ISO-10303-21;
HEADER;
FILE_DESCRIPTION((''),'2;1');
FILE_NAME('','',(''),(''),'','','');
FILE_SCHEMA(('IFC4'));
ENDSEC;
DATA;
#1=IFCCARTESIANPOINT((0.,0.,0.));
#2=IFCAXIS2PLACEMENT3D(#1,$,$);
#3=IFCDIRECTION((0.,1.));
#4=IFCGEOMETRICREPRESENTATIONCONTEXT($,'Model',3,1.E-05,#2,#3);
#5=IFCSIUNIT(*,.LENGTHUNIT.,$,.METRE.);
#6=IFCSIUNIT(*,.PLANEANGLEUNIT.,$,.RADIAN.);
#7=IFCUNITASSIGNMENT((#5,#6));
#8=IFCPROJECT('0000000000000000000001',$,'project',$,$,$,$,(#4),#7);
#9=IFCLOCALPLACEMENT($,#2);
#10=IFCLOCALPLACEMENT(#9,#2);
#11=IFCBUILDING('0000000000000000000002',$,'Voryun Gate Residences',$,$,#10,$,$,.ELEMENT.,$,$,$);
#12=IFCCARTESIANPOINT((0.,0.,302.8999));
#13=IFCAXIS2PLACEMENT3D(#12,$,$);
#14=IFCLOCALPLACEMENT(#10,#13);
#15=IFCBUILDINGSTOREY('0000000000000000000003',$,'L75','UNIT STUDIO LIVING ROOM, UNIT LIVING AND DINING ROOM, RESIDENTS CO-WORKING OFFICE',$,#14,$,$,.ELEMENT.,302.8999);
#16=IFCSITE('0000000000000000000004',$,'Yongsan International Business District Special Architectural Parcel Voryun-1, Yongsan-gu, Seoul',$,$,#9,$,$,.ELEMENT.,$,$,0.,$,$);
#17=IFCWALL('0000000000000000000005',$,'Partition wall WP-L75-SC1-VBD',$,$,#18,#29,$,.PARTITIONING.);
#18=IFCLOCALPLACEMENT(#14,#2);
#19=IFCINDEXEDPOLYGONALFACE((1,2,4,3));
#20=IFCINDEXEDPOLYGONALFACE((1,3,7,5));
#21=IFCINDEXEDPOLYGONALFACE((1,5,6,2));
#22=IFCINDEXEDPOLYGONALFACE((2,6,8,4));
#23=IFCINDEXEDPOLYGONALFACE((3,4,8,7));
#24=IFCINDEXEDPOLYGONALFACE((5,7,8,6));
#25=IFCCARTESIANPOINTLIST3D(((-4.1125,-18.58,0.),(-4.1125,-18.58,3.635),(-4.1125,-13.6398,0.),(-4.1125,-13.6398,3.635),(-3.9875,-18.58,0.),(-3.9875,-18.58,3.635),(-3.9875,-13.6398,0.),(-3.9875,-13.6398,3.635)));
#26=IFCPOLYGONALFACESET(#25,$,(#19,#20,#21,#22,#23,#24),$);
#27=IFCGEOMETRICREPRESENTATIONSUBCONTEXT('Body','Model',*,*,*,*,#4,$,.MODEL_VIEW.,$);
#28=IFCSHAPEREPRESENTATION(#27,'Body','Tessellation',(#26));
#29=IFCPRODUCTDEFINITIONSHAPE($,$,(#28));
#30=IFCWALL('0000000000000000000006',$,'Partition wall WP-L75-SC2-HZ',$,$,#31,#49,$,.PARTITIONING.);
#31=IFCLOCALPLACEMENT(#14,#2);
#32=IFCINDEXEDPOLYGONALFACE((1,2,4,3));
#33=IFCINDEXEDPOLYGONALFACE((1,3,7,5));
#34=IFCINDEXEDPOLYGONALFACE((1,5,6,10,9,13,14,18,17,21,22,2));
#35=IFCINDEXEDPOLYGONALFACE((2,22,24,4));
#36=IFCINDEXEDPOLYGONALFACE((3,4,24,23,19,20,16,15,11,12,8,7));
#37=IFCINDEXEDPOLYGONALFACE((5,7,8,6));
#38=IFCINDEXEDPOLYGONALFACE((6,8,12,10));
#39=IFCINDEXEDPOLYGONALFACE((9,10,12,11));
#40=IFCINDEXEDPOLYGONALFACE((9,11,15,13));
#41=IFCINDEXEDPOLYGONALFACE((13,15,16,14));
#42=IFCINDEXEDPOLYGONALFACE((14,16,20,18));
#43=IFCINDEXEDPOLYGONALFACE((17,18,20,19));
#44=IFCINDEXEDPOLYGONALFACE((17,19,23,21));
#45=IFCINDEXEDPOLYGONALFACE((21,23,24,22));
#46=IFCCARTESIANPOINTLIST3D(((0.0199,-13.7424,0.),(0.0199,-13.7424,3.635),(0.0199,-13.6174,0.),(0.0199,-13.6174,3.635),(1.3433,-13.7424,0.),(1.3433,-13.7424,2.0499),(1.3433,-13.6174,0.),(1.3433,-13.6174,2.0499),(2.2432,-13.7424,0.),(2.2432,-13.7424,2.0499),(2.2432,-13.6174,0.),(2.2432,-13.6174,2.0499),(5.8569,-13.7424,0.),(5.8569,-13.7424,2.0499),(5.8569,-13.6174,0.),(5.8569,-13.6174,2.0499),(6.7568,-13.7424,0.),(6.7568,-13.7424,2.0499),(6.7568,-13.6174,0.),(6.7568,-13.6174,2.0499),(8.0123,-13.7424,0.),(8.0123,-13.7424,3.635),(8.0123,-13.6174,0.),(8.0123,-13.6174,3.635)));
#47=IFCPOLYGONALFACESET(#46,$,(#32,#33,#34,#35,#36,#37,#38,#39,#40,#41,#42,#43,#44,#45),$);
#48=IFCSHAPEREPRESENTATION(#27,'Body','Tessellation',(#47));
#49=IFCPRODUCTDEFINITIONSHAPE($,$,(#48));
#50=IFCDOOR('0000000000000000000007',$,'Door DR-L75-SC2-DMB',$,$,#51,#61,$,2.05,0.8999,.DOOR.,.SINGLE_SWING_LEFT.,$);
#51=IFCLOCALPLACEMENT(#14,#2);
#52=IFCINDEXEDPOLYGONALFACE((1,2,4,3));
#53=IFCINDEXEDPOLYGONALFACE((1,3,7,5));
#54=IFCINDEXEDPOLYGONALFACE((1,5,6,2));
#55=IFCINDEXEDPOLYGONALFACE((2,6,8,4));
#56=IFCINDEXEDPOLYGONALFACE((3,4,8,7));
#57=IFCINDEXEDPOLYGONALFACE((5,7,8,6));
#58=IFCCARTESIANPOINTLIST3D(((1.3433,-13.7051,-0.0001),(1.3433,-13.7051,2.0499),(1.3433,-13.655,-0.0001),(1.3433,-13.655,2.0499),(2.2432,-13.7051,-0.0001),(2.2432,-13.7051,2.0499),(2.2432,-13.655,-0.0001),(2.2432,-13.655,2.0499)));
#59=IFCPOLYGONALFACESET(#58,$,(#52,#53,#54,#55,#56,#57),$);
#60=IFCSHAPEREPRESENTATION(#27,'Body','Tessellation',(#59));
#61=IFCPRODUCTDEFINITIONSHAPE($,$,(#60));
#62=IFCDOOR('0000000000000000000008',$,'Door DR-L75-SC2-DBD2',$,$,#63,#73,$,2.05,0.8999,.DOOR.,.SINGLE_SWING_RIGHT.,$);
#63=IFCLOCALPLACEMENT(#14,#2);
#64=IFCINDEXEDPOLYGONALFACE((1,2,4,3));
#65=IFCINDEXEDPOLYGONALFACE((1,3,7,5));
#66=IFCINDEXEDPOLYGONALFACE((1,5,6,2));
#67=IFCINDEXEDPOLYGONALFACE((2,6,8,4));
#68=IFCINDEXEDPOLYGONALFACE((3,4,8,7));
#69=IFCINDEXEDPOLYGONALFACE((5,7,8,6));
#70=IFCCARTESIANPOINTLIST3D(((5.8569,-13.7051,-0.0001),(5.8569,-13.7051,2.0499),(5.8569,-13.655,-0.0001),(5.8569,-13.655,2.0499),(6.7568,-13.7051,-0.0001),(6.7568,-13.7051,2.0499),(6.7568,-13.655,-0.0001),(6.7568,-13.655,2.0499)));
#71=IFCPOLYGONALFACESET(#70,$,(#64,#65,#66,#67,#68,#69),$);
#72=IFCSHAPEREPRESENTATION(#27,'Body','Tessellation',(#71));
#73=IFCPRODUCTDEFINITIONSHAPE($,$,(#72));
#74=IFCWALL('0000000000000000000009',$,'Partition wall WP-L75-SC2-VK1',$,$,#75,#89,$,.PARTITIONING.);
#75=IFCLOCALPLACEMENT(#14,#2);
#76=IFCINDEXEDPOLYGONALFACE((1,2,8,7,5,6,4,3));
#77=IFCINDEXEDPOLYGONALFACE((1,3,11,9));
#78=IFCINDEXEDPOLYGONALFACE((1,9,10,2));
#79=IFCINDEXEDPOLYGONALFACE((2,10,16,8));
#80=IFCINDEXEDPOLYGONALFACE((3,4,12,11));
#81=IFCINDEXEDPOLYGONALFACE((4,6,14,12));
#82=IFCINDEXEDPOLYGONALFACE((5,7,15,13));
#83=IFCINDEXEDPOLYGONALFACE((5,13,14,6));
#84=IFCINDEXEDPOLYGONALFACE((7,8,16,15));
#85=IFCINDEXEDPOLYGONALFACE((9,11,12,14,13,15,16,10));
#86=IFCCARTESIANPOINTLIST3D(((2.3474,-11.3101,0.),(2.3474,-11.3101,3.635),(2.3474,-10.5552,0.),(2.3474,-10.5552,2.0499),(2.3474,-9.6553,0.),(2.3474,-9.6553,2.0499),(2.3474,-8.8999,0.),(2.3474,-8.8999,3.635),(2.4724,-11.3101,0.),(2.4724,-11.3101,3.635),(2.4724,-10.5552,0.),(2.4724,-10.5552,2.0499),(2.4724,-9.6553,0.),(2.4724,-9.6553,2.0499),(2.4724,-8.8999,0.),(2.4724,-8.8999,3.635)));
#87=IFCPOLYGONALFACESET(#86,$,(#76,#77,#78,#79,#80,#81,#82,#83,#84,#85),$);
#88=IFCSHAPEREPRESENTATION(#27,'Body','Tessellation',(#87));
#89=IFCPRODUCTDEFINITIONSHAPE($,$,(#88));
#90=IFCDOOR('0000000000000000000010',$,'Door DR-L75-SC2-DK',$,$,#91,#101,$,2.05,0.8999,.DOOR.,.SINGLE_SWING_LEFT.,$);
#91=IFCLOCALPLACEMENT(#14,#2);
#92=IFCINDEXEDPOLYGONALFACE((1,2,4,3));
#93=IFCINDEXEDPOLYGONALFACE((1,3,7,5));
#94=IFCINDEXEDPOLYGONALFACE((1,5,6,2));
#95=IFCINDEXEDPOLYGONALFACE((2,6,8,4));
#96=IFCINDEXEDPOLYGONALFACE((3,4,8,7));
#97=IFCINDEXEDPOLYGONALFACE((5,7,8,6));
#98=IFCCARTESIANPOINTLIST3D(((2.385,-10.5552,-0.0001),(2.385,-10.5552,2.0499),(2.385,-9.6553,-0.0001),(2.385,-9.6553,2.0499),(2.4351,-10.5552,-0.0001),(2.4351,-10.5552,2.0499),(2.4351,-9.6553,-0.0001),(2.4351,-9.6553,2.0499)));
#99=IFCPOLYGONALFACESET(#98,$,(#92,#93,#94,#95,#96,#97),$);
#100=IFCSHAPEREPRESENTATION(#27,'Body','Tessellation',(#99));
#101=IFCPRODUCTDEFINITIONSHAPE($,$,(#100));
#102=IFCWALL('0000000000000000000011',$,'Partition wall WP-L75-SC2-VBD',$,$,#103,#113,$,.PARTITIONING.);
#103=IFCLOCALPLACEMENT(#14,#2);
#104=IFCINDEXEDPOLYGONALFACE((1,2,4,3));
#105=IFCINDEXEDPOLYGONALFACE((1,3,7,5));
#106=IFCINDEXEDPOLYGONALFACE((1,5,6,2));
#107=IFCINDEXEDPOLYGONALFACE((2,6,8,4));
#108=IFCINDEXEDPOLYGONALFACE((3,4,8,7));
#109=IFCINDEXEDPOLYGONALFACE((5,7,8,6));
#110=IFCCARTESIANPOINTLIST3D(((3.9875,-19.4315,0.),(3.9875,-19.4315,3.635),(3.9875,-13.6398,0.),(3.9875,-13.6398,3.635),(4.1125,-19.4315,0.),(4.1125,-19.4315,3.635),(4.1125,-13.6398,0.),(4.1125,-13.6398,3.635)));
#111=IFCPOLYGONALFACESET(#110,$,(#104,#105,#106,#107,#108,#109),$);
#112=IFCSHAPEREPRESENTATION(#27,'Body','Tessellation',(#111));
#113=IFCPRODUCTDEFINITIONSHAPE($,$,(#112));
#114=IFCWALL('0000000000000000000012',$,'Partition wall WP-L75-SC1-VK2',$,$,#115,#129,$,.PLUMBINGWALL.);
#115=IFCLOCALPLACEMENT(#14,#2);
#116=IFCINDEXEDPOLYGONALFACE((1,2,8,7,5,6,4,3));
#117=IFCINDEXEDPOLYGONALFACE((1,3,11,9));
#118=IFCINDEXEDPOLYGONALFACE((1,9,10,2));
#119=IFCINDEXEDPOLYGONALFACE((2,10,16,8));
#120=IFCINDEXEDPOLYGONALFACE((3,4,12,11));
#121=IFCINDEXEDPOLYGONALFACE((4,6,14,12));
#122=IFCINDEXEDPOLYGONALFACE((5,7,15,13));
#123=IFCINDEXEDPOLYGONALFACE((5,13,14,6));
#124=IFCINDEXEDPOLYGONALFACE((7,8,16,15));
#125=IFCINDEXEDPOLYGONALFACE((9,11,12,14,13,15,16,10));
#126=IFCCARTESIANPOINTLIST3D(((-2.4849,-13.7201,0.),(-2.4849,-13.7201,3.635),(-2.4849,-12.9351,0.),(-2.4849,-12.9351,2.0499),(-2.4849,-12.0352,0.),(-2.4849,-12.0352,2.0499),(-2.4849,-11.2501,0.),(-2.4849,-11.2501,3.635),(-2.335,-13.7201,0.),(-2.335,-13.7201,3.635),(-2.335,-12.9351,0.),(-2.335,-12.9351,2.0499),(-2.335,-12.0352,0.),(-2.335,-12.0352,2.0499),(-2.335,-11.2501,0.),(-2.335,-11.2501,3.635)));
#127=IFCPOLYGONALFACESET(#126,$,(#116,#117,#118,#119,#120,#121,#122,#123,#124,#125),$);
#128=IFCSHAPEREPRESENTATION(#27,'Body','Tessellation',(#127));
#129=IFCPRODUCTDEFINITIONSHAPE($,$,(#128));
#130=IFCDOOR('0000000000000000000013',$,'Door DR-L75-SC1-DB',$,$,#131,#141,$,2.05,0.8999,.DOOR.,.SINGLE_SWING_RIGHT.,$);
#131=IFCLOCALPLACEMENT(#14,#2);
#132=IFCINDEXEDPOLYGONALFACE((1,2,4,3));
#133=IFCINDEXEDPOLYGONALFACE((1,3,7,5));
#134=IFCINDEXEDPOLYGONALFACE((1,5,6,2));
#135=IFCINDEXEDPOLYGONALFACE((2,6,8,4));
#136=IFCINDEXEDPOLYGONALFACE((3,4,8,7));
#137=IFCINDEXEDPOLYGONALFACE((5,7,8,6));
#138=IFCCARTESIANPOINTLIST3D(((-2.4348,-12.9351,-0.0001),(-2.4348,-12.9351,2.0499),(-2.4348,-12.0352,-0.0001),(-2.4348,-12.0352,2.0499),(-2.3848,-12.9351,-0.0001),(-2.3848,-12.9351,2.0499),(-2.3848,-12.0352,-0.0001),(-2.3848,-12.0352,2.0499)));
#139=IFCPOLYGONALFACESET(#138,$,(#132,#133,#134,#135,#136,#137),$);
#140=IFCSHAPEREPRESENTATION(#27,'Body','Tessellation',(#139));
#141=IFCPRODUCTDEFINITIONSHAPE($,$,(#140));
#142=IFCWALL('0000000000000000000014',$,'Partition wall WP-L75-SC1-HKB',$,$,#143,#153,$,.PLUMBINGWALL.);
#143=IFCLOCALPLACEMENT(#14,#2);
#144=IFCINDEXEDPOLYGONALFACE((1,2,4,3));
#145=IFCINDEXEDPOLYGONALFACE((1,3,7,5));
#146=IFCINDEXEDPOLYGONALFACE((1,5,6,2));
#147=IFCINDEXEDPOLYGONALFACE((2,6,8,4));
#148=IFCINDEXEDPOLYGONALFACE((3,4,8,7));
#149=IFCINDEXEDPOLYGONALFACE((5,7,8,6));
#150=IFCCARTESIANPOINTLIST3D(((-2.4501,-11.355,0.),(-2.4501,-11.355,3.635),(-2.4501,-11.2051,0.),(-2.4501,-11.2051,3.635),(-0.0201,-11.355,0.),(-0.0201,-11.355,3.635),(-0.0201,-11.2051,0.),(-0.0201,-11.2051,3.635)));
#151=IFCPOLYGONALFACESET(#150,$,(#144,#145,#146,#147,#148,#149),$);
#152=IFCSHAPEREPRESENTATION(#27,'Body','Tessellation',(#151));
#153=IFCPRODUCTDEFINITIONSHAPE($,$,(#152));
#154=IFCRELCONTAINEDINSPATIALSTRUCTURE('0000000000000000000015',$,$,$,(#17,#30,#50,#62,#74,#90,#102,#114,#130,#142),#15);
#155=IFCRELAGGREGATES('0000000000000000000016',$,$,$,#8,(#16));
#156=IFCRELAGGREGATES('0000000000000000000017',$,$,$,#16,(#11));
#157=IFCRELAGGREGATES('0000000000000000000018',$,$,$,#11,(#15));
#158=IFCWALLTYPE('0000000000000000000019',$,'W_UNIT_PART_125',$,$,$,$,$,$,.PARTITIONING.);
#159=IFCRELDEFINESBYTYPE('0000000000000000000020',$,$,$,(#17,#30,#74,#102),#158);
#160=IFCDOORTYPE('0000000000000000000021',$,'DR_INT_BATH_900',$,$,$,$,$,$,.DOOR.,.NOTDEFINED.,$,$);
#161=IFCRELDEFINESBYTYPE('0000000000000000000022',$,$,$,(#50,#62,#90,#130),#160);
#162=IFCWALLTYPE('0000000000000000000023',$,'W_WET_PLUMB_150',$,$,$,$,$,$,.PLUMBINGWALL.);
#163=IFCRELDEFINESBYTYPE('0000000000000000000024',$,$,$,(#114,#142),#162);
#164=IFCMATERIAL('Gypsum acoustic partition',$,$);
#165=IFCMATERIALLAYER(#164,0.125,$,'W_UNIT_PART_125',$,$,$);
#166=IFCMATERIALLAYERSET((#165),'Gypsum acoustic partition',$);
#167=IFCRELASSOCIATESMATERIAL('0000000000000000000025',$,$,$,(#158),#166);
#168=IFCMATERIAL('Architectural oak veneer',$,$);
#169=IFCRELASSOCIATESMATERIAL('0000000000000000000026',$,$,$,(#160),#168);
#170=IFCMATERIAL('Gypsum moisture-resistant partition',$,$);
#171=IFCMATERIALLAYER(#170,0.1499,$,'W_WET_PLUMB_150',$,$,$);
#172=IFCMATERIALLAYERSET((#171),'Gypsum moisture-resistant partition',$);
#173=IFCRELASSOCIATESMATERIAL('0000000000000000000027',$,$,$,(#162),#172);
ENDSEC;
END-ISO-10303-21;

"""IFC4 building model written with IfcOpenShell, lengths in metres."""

from ifc_helpers import new_model, si_unit, direction, frame, frame_2d, origin, place, context, subcontext, project, spatial, rectangle, extrude, material, layer, layer_set, type_object, element, fill, save


model = new_model("IFC4")

# Units and contexts
model_context = context("Model", 3, precision=1e-05, world=origin(), true_north=direction((0.0, 1.0)))
body_context = subcontext(model_context, "Body", "Model", "MODEL_VIEW")
ifc_project = project(units=[si_unit("LENGTHUNIT", "METRE"), si_unit("PLANEANGLEUNIT", "RADIAN")], contexts=[model_context])

# Site, building, storey
site_placement = place(None, origin())
site = spatial("IfcSite", under=ifc_project, at=site_placement, Name="Yongsan International Business District Special Architectural Parcel Voryun-1, Yongsan-gu, Seoul", CompositionType="ELEMENT", RefElevation=0.0)
building_placement = place(site_placement, origin())
building = spatial("IfcBuilding", under=site, at=building_placement, Name="Voryun Gate Residences", CompositionType="ELEMENT")
storey_placement = place(building_placement, frame((0.0, 0.0, 302.8999)))
storey = spatial("IfcBuildingStorey", under=building, at=storey_placement, Name="L75", Description="UNIT STUDIO LIVING ROOM, UNIT LIVING AND DINING ROOM, RESIDENTS CO-WORKING OFFICE", CompositionType="ELEMENT", Elevation=302.8999)

# Shared definitions
ifc_material_1 = material(Name="Gypsum acoustic partition")
ifc_layer_1 = layer(ifc_material_1, 0.125, Name="W_UNIT_PART_125")
ifc_layer_set_1 = layer_set([ifc_layer_1], Name="Gypsum acoustic partition")
wall_type_1 = type_object("IfcWallType", Name="W_UNIT_PART_125", PredefinedType="PARTITIONING", material=ifc_layer_set_1)
ifc_material_2 = material(Name="Architectural oak veneer")
door_type_1 = type_object("IfcDoorType", Name="DR_INT_BATH_900", OperationType="NOTDEFINED", PredefinedType="DOOR", material=ifc_material_2)

# Wall
wall_1_placement = place(storey_placement, frame((-4.05, -18.5801, 0.0), z_axis=(0.0, 0.0, 1.0), x_axis=(0.0, 1.0, 0.0)))
element("IfcWall", 1, at=wall_1_placement, inside=storey, type_object=wall_type_1, Name="Partition wall WP-L75-SC1-VBD", PredefinedType="PARTITIONING", context=body_context, shape_type="SweptSolid", body=[
    extrude(rectangle(XDim=4.9402, YDim=0.125, at=frame_2d((2.4702, 0.0))), origin(), (0.0, 0.0, 1.0), 3.635),
])

# Wall, openings, doors
wall_2_placement = place(storey_placement, frame((0.02, -13.6799, 0.0), z_axis=(0.0, 0.0, 1.0), x_axis=(1.0, 0.0, 0.0)))
wall_2 = element("IfcWall", 2, at=wall_2_placement, inside=storey, type_object=wall_type_1, Name="Partition wall WP-L75-SC2-HZ", PredefinedType="PARTITIONING", context=body_context, shape_type="SweptSolid", body=[
    extrude(rectangle(XDim=7.9924, YDim=0.125, at=frame_2d((3.9961, 0.0))), origin(), (0.0, 0.0, 1.0), 3.635),
])
opening_1_placement = place(wall_2_placement, frame((1.3232, 0.0, 0.0)))
opening_1 = element("IfcOpeningElement", 3, at=opening_1_placement, cuts=wall_2, PredefinedType="OPENING", context=body_context, shape_type="SweptSolid", body=[
    extrude(rectangle(XDim=0.8999, YDim=2.05, at=frame_2d((0.45, 1.0249))), frame((0.0, 0.0725, 0.0), z_axis=(0.0, -1.0, 0.0), x_axis=(1.0, 0.0, 0.0)), (0.0, 0.0, 1.0), 0.145),
])
opening_2_placement = place(wall_2_placement, frame((5.8369, 0.0, 0.0)))
opening_2 = element("IfcOpeningElement", 4, at=opening_2_placement, cuts=wall_2, PredefinedType="OPENING", context=body_context, shape_type="SweptSolid", body=[
    extrude(rectangle(XDim=0.8999, YDim=2.05, at=frame_2d((0.45, 1.0249))), frame((0.0, 0.0725, 0.0), z_axis=(0.0, -1.0, 0.0), x_axis=(1.0, 0.0, 0.0)), (0.0, 0.0, 1.0), 0.145),
])
door_1_placement = place(opening_1_placement, origin())
door_1 = element("IfcDoor", 5, at=door_1_placement, inside=storey, type_object=door_type_1, Name="Door DR-L75-SC2-DMB", OperationType="SINGLE_SWING_LEFT", OverallHeight=2.05, OverallWidth=0.8999, PredefinedType="DOOR", context=body_context, shape_type="SweptSolid", body=[
    extrude(rectangle(XDim=0.8999, YDim=2.05, at=frame_2d((0.45, 1.0249))), frame((0.0, 0.0249, 0.0), z_axis=(0.0, -1.0, 0.0), x_axis=(1.0, 0.0, 0.0)), (0.0, 0.0, 1.0), 0.05),
])
fill(opening_1, door_1)
door_2_placement = place(opening_2_placement, origin())
door_2 = element("IfcDoor", 6, at=door_2_placement, inside=storey, type_object=door_type_1, Name="Door DR-L75-SC2-DBD2", OperationType="SINGLE_SWING_RIGHT", OverallHeight=2.05, OverallWidth=0.8999, PredefinedType="DOOR", context=body_context, shape_type="SweptSolid", body=[
    extrude(rectangle(XDim=0.8999, YDim=2.05, at=frame_2d((0.45, 1.0249))), frame((0.0, 0.0249, 0.0), z_axis=(0.0, -1.0, 0.0), x_axis=(1.0, 0.0, 0.0)), (0.0, 0.0, 1.0), 0.05),
])
fill(opening_2, door_2)

# Wall, opening, door
wall_3_placement = place(storey_placement, frame((2.4099, -11.3101, 0.0), z_axis=(0.0, 0.0, 1.0), x_axis=(0.0, 1.0, 0.0)))
wall_3 = element("IfcWall", 7, at=wall_3_placement, inside=storey, type_object=wall_type_1, Name="Partition wall WP-L75-SC2-VK1", PredefinedType="PARTITIONING", context=body_context, shape_type="SweptSolid", body=[
    extrude(rectangle(XDim=2.4102, YDim=0.125, at=frame_2d((1.2051, 0.0))), origin(), (0.0, 0.0, 1.0), 3.635),
])
opening_3_placement = place(wall_3_placement, frame((0.7549, 0.0, 0.0)))
opening_3 = element("IfcOpeningElement", 8, at=opening_3_placement, cuts=wall_3, PredefinedType="OPENING", context=body_context, shape_type="SweptSolid", body=[
    extrude(rectangle(XDim=0.8999, YDim=2.05, at=frame_2d((0.45, 1.0249))), frame((0.0, 0.0725, 0.0), z_axis=(0.0, -1.0, 0.0), x_axis=(1.0, 0.0, 0.0)), (0.0, 0.0, 1.0), 0.145),
])
door_3_placement = place(opening_3_placement, origin())
door_3 = element("IfcDoor", 9, at=door_3_placement, inside=storey, type_object=door_type_1, Name="Door DR-L75-SC2-DK", OperationType="SINGLE_SWING_LEFT", OverallHeight=2.05, OverallWidth=0.8999, PredefinedType="DOOR", context=body_context, shape_type="SweptSolid", body=[
    extrude(rectangle(XDim=0.8999, YDim=2.05, at=frame_2d((0.45, 1.0249))), frame((0.0, 0.0249, 0.0), z_axis=(0.0, -1.0, 0.0), x_axis=(1.0, 0.0, 0.0)), (0.0, 0.0, 1.0), 0.05),
])
fill(opening_3, door_3)

# Wall
wall_4_placement = place(storey_placement, frame((4.05, -19.4316, 0.0), z_axis=(0.0, 0.0, 1.0), x_axis=(0.0, 1.0, 0.0)))
element("IfcWall", 10, at=wall_4_placement, inside=storey, type_object=wall_type_1, Name="Partition wall WP-L75-SC2-VBD", PredefinedType="PARTITIONING", context=body_context, shape_type="SweptSolid", body=[
    extrude(rectangle(XDim=5.7917, YDim=0.125, at=frame_2d((2.896, 0.0))), origin(), (0.0, 0.0, 1.0), 3.635),
])

# Wall, opening, door
ifc_material_3 = material(Name="Gypsum moisture-resistant partition")
ifc_layer_2 = layer(ifc_material_3, 0.1499, Name="W_WET_PLUMB_150")
ifc_layer_set_2 = layer_set([ifc_layer_2], Name="Gypsum moisture-resistant partition")
wall_type_2 = type_object("IfcWallType", Name="W_WET_PLUMB_150", PredefinedType="PLUMBINGWALL", material=ifc_layer_set_2)
wall_5_placement = place(storey_placement, frame((-2.4099, -13.72, 0.0), z_axis=(0.0, 0.0, 1.0), x_axis=(0.0, 1.0, 0.0)))
wall_5 = element("IfcWall", 11, at=wall_5_placement, inside=storey, type_object=wall_type_2, Name="Partition wall WP-L75-SC1-VK2", PredefinedType="PLUMBINGWALL", context=body_context, shape_type="SweptSolid", body=[
    extrude(rectangle(XDim=2.47, YDim=0.1499, at=frame_2d((1.2349, 0.0))), origin(), (0.0, 0.0, 1.0), 3.635),
])
opening_4_placement = place(wall_5_placement, frame((0.7849, 0.0, 0.0)))
opening_4 = element("IfcOpeningElement", 12, at=opening_4_placement, cuts=wall_5, PredefinedType="OPENING", context=body_context, shape_type="SweptSolid", body=[
    extrude(rectangle(XDim=0.8999, YDim=2.05, at=frame_2d((0.45, 1.0249))), frame((0.0, 0.085, 0.0), z_axis=(0.0, -1.0, 0.0), x_axis=(1.0, 0.0, 0.0)), (0.0, 0.0, 1.0), 0.1699),
])
door_4_placement = place(opening_4_placement, origin())
door_4 = element("IfcDoor", 13, at=door_4_placement, inside=storey, type_object=door_type_1, Name="Door DR-L75-SC1-DB", OperationType="SINGLE_SWING_RIGHT", OverallHeight=2.05, OverallWidth=0.8999, PredefinedType="DOOR", context=body_context, shape_type="SweptSolid", body=[
    extrude(rectangle(XDim=0.8999, YDim=2.05, at=frame_2d((0.45, 1.0249))), frame((0.0, 0.0249, 0.0), z_axis=(0.0, -1.0, 0.0), x_axis=(1.0, 0.0, 0.0)), (0.0, 0.0, 1.0), 0.05),
])
fill(opening_4, door_4)

# Wall
wall_6_placement = place(storey_placement, frame((-2.45, -11.28, 0.0), z_axis=(0.0, 0.0, 1.0), x_axis=(1.0, 0.0, 0.0)))
element("IfcWall", 14, at=wall_6_placement, inside=storey, type_object=wall_type_2, Name="Partition wall WP-L75-SC1-HKB", PredefinedType="PLUMBINGWALL", context=body_context, shape_type="SweptSolid", body=[
    extrude(rectangle(XDim=2.4299, YDim=0.1499, at=frame_2d((1.2148, 0.0))), origin(), (0.0, 0.0, 1.0), 3.635),
])

save(model, "model.ifc")
